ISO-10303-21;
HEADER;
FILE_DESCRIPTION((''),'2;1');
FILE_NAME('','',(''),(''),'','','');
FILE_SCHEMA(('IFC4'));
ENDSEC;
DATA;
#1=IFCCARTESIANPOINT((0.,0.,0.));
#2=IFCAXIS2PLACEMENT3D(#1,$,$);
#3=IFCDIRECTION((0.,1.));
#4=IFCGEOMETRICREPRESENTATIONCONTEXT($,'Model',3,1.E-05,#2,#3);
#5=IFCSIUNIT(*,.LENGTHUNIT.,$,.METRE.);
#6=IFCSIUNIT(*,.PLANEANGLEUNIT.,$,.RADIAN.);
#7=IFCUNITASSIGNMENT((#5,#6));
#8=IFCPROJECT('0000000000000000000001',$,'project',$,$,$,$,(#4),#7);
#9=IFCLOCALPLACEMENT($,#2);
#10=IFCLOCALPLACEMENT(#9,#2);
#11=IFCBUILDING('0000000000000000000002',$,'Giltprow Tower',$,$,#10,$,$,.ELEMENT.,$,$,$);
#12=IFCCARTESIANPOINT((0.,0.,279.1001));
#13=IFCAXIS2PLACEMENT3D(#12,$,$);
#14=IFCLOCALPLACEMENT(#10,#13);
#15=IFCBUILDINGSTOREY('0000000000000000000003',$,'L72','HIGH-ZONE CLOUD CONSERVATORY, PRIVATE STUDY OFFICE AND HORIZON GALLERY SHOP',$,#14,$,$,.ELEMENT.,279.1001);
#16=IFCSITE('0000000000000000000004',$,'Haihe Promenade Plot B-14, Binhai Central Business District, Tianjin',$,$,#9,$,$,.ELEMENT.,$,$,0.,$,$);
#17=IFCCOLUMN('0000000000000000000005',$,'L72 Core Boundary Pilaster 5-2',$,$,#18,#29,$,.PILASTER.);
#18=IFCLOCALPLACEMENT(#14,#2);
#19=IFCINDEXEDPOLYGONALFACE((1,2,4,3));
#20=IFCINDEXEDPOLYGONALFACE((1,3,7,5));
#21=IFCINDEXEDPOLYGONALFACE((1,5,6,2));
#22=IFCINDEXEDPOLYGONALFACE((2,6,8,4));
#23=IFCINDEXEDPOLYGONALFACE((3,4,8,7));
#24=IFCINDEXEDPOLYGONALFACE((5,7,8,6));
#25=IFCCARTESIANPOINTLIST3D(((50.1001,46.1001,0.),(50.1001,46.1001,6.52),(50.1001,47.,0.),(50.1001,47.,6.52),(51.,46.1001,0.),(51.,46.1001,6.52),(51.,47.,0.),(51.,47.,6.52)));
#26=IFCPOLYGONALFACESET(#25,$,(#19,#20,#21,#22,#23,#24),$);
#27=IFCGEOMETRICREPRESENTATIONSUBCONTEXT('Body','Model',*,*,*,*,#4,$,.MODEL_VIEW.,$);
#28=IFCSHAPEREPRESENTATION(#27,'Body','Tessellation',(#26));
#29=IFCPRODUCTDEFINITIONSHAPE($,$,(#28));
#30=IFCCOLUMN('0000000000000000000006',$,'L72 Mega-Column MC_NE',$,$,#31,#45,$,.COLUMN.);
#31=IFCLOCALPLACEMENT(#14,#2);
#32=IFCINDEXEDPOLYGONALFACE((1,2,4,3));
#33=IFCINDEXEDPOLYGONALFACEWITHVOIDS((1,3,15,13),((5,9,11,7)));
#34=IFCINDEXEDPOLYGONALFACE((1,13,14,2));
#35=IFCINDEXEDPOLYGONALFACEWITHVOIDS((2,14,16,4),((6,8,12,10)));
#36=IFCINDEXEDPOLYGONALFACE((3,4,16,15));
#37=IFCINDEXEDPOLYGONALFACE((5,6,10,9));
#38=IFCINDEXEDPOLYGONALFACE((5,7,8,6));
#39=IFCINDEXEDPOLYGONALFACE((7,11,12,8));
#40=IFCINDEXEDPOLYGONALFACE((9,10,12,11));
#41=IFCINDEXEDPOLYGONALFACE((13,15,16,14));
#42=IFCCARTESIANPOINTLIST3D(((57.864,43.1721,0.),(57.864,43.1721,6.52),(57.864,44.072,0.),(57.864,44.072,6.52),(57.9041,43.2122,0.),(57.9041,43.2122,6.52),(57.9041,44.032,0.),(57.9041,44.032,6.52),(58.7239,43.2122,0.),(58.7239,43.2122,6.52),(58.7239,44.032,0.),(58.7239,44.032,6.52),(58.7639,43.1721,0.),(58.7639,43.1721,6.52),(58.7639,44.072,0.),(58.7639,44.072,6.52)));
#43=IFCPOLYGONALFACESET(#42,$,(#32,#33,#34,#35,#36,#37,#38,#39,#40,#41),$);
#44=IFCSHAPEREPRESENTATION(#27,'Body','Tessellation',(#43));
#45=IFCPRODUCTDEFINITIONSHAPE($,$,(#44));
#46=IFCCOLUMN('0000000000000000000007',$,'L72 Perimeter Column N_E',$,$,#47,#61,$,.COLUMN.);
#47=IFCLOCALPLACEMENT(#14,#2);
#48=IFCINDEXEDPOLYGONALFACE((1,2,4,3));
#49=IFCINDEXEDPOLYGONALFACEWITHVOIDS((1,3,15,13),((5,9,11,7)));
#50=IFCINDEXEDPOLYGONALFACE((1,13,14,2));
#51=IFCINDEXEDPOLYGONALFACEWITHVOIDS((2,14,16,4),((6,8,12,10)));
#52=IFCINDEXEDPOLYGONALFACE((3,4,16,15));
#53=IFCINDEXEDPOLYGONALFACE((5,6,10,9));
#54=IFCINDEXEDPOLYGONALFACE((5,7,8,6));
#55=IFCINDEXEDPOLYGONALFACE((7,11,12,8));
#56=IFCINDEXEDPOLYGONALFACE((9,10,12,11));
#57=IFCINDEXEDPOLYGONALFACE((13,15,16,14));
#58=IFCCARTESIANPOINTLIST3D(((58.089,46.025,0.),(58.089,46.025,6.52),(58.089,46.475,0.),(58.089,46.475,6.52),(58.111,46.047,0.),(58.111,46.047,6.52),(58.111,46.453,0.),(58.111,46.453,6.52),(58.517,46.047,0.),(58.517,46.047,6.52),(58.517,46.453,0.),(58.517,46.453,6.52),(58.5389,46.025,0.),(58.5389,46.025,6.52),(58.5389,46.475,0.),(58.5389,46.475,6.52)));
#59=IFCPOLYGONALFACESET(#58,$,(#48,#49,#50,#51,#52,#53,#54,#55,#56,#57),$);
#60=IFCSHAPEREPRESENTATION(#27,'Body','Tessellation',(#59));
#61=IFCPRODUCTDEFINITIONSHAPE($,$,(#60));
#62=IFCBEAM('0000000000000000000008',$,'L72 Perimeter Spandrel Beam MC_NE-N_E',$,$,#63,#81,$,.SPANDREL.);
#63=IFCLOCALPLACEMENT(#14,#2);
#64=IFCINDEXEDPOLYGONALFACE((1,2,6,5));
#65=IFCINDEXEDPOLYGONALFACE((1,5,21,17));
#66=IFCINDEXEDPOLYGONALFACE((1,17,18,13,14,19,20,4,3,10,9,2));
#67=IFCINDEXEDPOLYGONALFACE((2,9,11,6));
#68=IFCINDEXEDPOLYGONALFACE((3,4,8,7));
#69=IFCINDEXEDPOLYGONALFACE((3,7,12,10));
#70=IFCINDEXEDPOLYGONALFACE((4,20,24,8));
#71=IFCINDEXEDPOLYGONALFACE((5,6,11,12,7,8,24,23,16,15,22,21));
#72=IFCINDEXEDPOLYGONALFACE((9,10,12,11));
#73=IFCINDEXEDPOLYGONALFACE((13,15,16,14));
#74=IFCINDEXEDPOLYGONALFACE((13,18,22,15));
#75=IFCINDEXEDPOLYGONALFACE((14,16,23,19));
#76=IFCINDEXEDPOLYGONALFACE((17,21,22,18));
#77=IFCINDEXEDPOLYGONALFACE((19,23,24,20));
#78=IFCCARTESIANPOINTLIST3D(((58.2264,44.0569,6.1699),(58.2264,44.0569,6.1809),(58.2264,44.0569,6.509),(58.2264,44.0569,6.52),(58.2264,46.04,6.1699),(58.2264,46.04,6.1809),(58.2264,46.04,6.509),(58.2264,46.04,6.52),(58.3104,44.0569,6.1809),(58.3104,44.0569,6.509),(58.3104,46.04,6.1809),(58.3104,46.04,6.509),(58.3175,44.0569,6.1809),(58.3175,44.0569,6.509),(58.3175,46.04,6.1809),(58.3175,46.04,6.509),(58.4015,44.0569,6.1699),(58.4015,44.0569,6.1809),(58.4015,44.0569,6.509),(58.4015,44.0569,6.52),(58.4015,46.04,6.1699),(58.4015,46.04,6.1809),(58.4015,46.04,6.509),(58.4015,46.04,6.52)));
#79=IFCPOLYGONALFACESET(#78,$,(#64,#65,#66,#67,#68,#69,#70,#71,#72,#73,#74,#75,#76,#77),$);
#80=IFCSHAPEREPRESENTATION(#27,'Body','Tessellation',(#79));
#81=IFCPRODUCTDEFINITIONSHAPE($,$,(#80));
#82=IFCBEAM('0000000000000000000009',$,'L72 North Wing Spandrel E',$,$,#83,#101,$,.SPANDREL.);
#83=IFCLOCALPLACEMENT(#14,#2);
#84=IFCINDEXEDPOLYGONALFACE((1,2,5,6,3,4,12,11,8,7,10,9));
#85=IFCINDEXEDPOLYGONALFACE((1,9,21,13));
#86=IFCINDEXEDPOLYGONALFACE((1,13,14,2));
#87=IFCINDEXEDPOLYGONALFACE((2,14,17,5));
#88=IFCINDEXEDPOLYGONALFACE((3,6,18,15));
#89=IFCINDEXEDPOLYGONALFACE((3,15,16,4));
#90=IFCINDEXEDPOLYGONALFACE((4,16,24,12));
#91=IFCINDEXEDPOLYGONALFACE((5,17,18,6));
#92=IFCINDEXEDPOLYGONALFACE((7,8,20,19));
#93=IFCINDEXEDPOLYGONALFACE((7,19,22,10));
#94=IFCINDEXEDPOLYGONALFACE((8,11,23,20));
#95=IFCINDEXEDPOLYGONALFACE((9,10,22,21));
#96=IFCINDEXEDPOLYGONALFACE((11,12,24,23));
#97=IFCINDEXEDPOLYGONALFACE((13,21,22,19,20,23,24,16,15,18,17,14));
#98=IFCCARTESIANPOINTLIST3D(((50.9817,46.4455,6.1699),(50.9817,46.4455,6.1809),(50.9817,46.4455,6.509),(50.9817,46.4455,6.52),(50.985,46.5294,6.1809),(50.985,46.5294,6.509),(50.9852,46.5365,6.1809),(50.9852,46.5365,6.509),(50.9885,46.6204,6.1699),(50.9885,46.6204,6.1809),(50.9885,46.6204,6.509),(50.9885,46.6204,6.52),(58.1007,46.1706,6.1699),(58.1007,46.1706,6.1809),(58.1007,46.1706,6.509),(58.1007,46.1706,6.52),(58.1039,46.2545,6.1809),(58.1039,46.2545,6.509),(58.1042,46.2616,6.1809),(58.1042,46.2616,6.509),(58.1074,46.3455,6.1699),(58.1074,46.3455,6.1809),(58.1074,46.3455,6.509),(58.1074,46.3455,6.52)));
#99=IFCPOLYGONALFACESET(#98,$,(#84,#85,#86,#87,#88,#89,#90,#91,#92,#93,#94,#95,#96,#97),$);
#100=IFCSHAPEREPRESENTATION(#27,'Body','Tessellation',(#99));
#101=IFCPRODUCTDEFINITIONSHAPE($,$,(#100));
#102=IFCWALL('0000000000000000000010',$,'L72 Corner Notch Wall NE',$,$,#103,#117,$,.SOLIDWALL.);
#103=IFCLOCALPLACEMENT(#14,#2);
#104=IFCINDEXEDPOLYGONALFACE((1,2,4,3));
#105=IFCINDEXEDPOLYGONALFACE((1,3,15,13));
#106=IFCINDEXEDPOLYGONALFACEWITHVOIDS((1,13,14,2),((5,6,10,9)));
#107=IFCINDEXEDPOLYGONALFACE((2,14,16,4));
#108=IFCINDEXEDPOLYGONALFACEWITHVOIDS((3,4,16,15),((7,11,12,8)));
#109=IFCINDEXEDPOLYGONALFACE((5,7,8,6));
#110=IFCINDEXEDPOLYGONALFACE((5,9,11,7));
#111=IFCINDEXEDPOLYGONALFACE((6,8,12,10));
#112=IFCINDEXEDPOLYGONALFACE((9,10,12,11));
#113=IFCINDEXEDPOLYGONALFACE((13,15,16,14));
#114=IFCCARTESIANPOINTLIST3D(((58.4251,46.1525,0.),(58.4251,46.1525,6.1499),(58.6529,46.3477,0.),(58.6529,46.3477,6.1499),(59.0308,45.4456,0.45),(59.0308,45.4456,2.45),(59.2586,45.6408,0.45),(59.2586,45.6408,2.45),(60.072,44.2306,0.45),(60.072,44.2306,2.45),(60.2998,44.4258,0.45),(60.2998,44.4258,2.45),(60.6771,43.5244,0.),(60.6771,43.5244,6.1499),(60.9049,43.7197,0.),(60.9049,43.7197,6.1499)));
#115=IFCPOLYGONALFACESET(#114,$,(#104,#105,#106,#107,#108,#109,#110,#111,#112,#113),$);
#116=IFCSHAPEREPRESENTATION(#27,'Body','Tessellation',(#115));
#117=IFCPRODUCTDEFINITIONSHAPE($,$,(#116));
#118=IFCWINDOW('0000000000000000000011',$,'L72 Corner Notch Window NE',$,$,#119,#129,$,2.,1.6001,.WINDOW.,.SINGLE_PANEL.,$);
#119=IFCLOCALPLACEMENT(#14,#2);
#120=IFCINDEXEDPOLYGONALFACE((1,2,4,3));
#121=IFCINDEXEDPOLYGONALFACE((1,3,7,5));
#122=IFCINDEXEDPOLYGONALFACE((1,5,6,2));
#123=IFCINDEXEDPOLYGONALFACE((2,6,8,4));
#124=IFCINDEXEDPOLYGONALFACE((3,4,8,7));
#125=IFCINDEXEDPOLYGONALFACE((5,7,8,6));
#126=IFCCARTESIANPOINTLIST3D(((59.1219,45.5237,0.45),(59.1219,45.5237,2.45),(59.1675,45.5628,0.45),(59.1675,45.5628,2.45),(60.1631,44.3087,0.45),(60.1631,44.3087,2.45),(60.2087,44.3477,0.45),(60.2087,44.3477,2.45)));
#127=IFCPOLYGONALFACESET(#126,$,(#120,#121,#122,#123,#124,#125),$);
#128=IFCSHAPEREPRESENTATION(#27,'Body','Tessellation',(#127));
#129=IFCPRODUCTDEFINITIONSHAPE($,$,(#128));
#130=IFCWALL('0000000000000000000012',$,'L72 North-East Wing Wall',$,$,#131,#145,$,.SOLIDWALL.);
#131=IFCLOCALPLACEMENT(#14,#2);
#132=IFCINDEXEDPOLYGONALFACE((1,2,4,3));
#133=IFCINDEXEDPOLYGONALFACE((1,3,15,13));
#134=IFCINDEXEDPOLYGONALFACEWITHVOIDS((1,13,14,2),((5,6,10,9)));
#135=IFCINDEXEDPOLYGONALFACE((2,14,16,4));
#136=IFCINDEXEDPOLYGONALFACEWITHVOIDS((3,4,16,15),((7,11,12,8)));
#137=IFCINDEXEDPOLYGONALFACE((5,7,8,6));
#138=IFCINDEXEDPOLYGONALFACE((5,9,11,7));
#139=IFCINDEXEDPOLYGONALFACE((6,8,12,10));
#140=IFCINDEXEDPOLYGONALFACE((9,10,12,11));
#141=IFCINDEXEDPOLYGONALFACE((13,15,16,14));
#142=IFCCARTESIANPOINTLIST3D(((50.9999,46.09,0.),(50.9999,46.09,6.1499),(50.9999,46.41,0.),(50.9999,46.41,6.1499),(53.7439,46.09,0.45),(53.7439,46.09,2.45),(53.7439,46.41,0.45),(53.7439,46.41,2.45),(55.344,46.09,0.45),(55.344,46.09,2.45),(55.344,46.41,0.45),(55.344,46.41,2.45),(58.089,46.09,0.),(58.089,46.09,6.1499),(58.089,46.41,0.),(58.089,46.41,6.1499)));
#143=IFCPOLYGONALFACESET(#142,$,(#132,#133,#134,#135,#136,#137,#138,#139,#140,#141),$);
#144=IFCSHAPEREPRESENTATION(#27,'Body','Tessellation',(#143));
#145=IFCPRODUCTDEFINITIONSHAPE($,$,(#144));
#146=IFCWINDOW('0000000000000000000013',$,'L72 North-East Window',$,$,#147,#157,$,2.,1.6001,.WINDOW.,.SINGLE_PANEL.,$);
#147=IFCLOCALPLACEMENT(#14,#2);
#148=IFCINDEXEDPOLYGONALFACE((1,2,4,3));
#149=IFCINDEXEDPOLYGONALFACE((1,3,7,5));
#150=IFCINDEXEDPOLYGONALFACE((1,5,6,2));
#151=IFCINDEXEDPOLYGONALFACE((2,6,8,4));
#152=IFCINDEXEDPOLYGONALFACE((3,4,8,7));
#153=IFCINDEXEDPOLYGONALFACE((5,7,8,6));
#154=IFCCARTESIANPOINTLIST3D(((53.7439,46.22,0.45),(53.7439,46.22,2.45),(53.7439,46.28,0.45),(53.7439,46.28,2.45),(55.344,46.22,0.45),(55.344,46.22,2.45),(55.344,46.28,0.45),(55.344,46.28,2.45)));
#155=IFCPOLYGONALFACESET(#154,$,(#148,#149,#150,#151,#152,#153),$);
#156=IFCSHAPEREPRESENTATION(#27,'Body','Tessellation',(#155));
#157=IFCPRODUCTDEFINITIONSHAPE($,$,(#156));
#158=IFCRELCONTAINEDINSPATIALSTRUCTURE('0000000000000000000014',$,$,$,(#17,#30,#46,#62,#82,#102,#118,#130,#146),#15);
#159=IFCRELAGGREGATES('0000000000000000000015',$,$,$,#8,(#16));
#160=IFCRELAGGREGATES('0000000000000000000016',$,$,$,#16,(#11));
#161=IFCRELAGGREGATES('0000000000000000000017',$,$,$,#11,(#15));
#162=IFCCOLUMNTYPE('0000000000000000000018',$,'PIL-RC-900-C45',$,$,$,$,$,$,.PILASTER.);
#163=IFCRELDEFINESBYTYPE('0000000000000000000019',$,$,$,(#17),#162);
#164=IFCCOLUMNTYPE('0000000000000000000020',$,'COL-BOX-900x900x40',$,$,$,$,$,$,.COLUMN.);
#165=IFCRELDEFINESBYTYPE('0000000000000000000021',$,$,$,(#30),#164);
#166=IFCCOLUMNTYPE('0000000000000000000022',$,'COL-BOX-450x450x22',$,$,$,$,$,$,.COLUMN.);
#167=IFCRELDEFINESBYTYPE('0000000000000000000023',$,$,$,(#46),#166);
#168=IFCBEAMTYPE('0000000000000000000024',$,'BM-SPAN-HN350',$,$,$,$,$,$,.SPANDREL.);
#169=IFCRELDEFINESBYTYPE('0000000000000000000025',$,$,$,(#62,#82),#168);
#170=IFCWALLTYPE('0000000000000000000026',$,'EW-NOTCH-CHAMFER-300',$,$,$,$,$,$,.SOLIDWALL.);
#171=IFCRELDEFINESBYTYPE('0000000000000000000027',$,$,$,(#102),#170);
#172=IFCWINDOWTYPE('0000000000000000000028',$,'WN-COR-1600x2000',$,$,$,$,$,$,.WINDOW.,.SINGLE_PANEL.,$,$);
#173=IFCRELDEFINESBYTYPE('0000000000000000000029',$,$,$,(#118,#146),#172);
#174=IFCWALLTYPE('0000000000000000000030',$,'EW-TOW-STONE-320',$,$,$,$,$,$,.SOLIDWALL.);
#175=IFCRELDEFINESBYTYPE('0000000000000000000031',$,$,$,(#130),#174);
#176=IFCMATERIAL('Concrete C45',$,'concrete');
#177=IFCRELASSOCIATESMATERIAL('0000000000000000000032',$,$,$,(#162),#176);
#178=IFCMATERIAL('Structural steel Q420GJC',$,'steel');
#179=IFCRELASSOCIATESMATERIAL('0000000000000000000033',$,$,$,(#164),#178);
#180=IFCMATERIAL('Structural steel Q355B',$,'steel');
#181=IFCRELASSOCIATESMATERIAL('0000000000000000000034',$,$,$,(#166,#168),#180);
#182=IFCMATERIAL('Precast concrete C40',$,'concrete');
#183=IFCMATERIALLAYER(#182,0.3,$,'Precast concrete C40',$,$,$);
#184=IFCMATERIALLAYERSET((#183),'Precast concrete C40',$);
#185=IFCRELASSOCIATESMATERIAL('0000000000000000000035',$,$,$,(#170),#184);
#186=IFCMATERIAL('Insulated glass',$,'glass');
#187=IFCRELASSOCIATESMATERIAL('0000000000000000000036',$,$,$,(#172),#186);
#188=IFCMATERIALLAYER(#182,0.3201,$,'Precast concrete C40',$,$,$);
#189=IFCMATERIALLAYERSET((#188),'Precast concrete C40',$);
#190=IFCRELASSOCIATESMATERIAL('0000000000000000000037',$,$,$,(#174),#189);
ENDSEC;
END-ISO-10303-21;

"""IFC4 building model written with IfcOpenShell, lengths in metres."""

from ifc_helpers import new_model, si_unit, direction, frame, frame_2d, origin, origin_2d, place, context, subcontext, project, spatial, rectangle, hollow_rectangle, i_section, extrude, source, transform, mapped, material, layer, layer_set, material_profile, profile_set, type_object, element, fill, save


model = new_model("IFC4")

# Units and contexts
model_context = context("Model", 3, precision=1e-05, world=origin(), true_north=direction((0.0, 1.0)))
body_context = subcontext(model_context, "Body", "Model", "MODEL_VIEW")
ifc_project = project(units=[si_unit("LENGTHUNIT", "METRE"), si_unit("PLANEANGLEUNIT", "RADIAN")], contexts=[model_context])

# Site, building, storey
site_placement = place(None, origin())
site = spatial("IfcSite", under=ifc_project, at=site_placement, Name="Haihe Promenade Plot B-14, Binhai Central Business District, Tianjin", CompositionType="ELEMENT", RefElevation=0.0)
building_placement = place(site_placement, origin())
building = spatial("IfcBuilding", under=site, at=building_placement, Name="Giltprow Tower", CompositionType="ELEMENT")
storey_placement = place(building_placement, frame((0.0, 0.0, 279.1001)))
storey = spatial("IfcBuildingStorey", under=building, at=storey_placement, Name="L72", Description="HIGH-ZONE CLOUD CONSERVATORY, PRIVATE STUDY OFFICE AND HORIZON GALLERY SHOP", CompositionType="ELEMENT", Elevation=279.1001)

# Columns
ifc_material_1 = material(Name="Concrete C45", Category="concrete")
ifc_material_profile_1 = material_profile(ifc_material_1, rectangle(XDim=0.8999, YDim=0.8999, at=origin_2d()), Name="RC 900x900")
ifc_profile_set_1 = profile_set([ifc_material_profile_1], Name="Concrete C45")
column_type_1 = type_object("IfcColumnType", Name="PIL-RC-900-C45", PredefinedType="PILASTER", material=ifc_profile_set_1)
shared_shape_1 = source(origin(), body_context, "Body", "SweptSolid", [
    extrude(rectangle(XDim=0.8999, YDim=0.8999, at=origin_2d()), origin(), (0.0, 0.0, 1.0), 6.52),
])
column_1_placement = place(storey_placement, frame((50.55, 46.55, 0.0), z_axis=(0.0, 0.0, 1.0), x_axis=(1.0, 0.0, 0.0)))
element("IfcColumn", 1, at=column_1_placement, inside=storey, type_object=column_type_1, Name="L72 Core Boundary Pilaster 5-2", PredefinedType="PILASTER", context=body_context, shape_type="MappedRepresentation", body=[
    mapped(shared_shape_1, transform((0.0, 0.0, 0.0), x_axis=(1.0, 0.0, 0.0), y_axis=(0.0, 1.0, 0.0), z_axis=(0.0, 0.0, 1.0), scale=1.0)),
])
ifc_material_2 = material(Name="Structural steel Q420GJC", Category="steel")
ifc_material_profile_2 = material_profile(ifc_material_2, hollow_rectangle(XDim=0.8999, YDim=0.8999, WallThickness=0.04, at=origin_2d()), Name="BOX 900x900x40")
ifc_profile_set_2 = profile_set([ifc_material_profile_2], Name="Structural steel Q420GJC")
column_type_2 = type_object("IfcColumnType", Name="COL-BOX-900x900x40", PredefinedType="COLUMN", material=ifc_profile_set_2)
shared_shape_2 = source(origin(), body_context, "Body", "SweptSolid", [
    extrude(hollow_rectangle(XDim=0.8999, YDim=0.8999, WallThickness=0.04, at=origin_2d()), origin(), (0.0, 0.0, 1.0), 6.52),
])
column_2_placement = place(storey_placement, frame((58.314, 43.6221, 0.0), z_axis=(0.0, 0.0, 1.0), x_axis=(1.0, 0.0, 0.0)))
element("IfcColumn", 2, at=column_2_placement, inside=storey, type_object=column_type_2, Name="L72 Mega-Column MC_NE", PredefinedType="COLUMN", context=body_context, shape_type="MappedRepresentation", body=[
    mapped(shared_shape_2, transform((0.0, 0.0, 0.0), x_axis=(1.0, 0.0, 0.0), y_axis=(0.0, 1.0, 0.0), z_axis=(0.0, 0.0, 1.0), scale=1.0)),
])
ifc_material_3 = material(Name="Structural steel Q355B", Category="steel")
ifc_material_profile_3 = material_profile(ifc_material_3, hollow_rectangle(XDim=0.45, YDim=0.45, WallThickness=0.022, at=origin_2d()), Name="BOX 450x450x22")
ifc_profile_set_3 = profile_set([ifc_material_profile_3], Name="Structural steel Q355B")
column_type_3 = type_object("IfcColumnType", Name="COL-BOX-450x450x22", PredefinedType="COLUMN", material=ifc_profile_set_3)
shared_shape_3 = source(origin(), body_context, "Body", "SweptSolid", [
    extrude(hollow_rectangle(XDim=0.45, YDim=0.45, WallThickness=0.022, at=origin_2d()), origin(), (0.0, 0.0, 1.0), 6.52),
])
column_3_placement = place(storey_placement, frame((58.314, 46.25, 0.0), z_axis=(0.0, 0.0, 1.0), x_axis=(1.0, 0.0, 0.0)))
element("IfcColumn", 3, at=column_3_placement, inside=storey, type_object=column_type_3, Name="L72 Perimeter Column N_E", PredefinedType="COLUMN", context=body_context, shape_type="MappedRepresentation", body=[
    mapped(shared_shape_3, transform((0.0, 0.0, 0.0), x_axis=(1.0, 0.0, 0.0), y_axis=(0.0, 1.0, 0.0), z_axis=(0.0, 0.0, 1.0), scale=1.0)),
])

# Beams
ifc_material_profile_4 = material_profile(ifc_material_3, i_section(OverallWidth=0.175, OverallDepth=0.3501, WebThickness=0.0071, FlangeThickness=0.011, at=origin_2d()), Name="HN 350x175x7x11")
ifc_profile_set_4 = profile_set([ifc_material_profile_4], Name="Structural steel Q355B")
beam_type = type_object("IfcBeamType", Name="BM-SPAN-HN350", PredefinedType="SPANDREL", material=ifc_profile_set_4)
shared_shape_4 = source(origin(), body_context, "Body", "SweptSolid", [
    extrude(i_section(OverallWidth=0.175, OverallDepth=0.3501, WebThickness=0.0071, FlangeThickness=0.011, at=origin_2d()), origin(), (0.0, 0.0, 1.0), 1.9832),
])
beam_1_placement = place(storey_placement, frame((58.314, 44.0569, 6.345), z_axis=(0.0, 1.0, 0.0), x_axis=(-1.0, 0.0, 0.0)))
element("IfcBeam", 4, at=beam_1_placement, inside=storey, type_object=beam_type, Name="L72 Perimeter Spandrel Beam MC_NE-N_E", PredefinedType="SPANDREL", context=body_context, shape_type="MappedRepresentation", body=[
    mapped(shared_shape_4, transform((0.0, 0.0, 0.0), x_axis=(1.0, 0.0, 0.0), y_axis=(0.0, 1.0, 0.0), z_axis=(0.0, 0.0, 1.0), scale=1.0)),
])
shared_shape_5 = source(origin(), body_context, "Body", "SweptSolid", [
    extrude(i_section(OverallWidth=0.175, OverallDepth=0.3501, WebThickness=0.0071, FlangeThickness=0.011, at=origin_2d()), origin(), (0.0, 0.0, 1.0), 7.1243),
])
beam_2_placement = place(storey_placement, frame((50.9851, 46.533, 6.345), z_axis=(0.999255, -0.038587, 0.0), x_axis=(0.038587, 0.999255, 0.0)))
element("IfcBeam", 5, at=beam_2_placement, inside=storey, type_object=beam_type, Name="L72 North Wing Spandrel E", PredefinedType="SPANDREL", context=body_context, shape_type="MappedRepresentation", body=[
    mapped(shared_shape_5, transform((0.0, 0.0, 0.0), x_axis=(1.0, 0.0, 0.0), y_axis=(0.0, 1.0, 0.0), z_axis=(0.0, 0.0, 1.0), scale=1.0)),
])

# Walls, openings, windows
ifc_material_4 = material(Name="Precast concrete C40", Category="concrete")
ifc_layer_1 = layer(ifc_material_4, 0.3, Name="Precast concrete C40")
ifc_layer_set_1 = layer_set([ifc_layer_1], Name="Precast concrete C40")
wall_type_1 = type_object("IfcWallType", Name="EW-NOTCH-CHAMFER-300", PredefinedType="SOLIDWALL", material=ifc_layer_set_1)
wall_1_placement = place(storey_placement, frame((60.791, 43.6221, 0.0), z_axis=(0.0, 0.0, 1.0), x_axis=(-0.650698, 0.759336, 0.0)))
wall_1 = element("IfcWall", 6, at=wall_1_placement, inside=storey, type_object=wall_type_1, Name="L72 Corner Notch Wall NE", PredefinedType="SOLIDWALL", context=body_context, shape_type="SweptSolid", body=[
    extrude(rectangle(XDim=3.4609, YDim=0.3, at=frame_2d((1.7305, 0.0))), origin(), (0.0, 0.0, 1.0), 6.1499),
])
opening_1_placement = place(wall_1_placement, frame((0.9299, 0.0, 0.45)))
opening_1 = element("IfcOpeningElement", 7, at=opening_1_placement, cuts=wall_1, PredefinedType="OPENING", context=body_context, shape_type="SweptSolid", body=[
    extrude(rectangle(XDim=1.6001, YDim=2.0, at=frame_2d((0.8, 1.0))), frame((0.0, 0.1599, 0.0), z_axis=(0.0, -1.0, 0.0), x_axis=(1.0, 0.0, 0.0)), (0.0, 0.0, 1.0), 0.3201),
])
ifc_material_5 = material(Name="Insulated glass", Category="glass")
window_type = type_object("IfcWindowType", Name="WN-COR-1600x2000", PartitioningType="SINGLE_PANEL", PredefinedType="WINDOW", material=ifc_material_5)
shared_shape_6 = source(origin(), body_context, "Body", "SweptSolid", [
    extrude(rectangle(XDim=1.6001, YDim=2.0, at=frame_2d((0.8, 1.0))), frame((0.0, 0.03, 0.0), z_axis=(0.0, -1.0, 0.0), x_axis=(1.0, 0.0, 0.0)), (0.0, 0.0, 1.0), 0.0601),
])
window_1_placement = place(opening_1_placement, origin())
window_1 = element("IfcWindow", 8, at=window_1_placement, inside=storey, type_object=window_type, Name="L72 Corner Notch Window NE", OverallHeight=2.0, OverallWidth=1.6001, PartitioningType="SINGLE_PANEL", PredefinedType="WINDOW", context=body_context, shape_type="MappedRepresentation", body=[
    mapped(shared_shape_6, transform((0.0, 0.0, 0.0), x_axis=(1.0, 0.0, 0.0), y_axis=(0.0, 1.0, 0.0), z_axis=(0.0, 0.0, 1.0), scale=1.0)),
])
fill(opening_1, window_1)
ifc_layer_2 = layer(ifc_material_4, 0.3201, Name="Precast concrete C40")
ifc_layer_set_2 = layer_set([ifc_layer_2], Name="Precast concrete C40")
wall_type_2 = type_object("IfcWallType", Name="EW-TOW-STONE-320", PredefinedType="SOLIDWALL", material=ifc_layer_set_2)
wall_2_placement = place(storey_placement, frame((51.0, 46.25, 0.0), z_axis=(0.0, 0.0, 1.0), x_axis=(1.0, 0.0, 0.0)))
wall_2 = element("IfcWall", 9, at=wall_2_placement, inside=storey, type_object=wall_type_2, Name="L72 North-East Wing Wall", PredefinedType="SOLIDWALL", context=body_context, shape_type="SweptSolid", body=[
    extrude(rectangle(XDim=7.0891, YDim=0.3201, at=frame_2d((3.5444, 0.0))), origin(), (0.0, 0.0, 1.0), 6.1499),
])
opening_2_placement = place(wall_2_placement, frame((2.7439, 0.0, 0.45)))
opening_2 = element("IfcOpeningElement", 10, at=opening_2_placement, cuts=wall_2, PredefinedType="OPENING", context=body_context, shape_type="SweptSolid", body=[
    extrude(rectangle(XDim=1.6001, YDim=2.0, at=frame_2d((0.8, 1.0))), frame((0.0, 0.1699, 0.0), z_axis=(0.0, -1.0, 0.0), x_axis=(1.0, 0.0, 0.0)), (0.0, 0.0, 1.0), 0.3401),
])
window_2_placement = place(opening_2_placement, origin())
window_2 = element("IfcWindow", 11, at=window_2_placement, inside=storey, type_object=window_type, Name="L72 North-East Window", OverallHeight=2.0, OverallWidth=1.6001, PartitioningType="SINGLE_PANEL", PredefinedType="WINDOW", context=body_context, shape_type="MappedRepresentation", body=[
    mapped(shared_shape_6, transform((0.0, 0.0, 0.0), x_axis=(1.0, 0.0, 0.0), y_axis=(0.0, 1.0, 0.0), z_axis=(0.0, 0.0, 1.0), scale=1.0)),
])
fill(opening_2, window_2)

save(model, "model.ifc")
